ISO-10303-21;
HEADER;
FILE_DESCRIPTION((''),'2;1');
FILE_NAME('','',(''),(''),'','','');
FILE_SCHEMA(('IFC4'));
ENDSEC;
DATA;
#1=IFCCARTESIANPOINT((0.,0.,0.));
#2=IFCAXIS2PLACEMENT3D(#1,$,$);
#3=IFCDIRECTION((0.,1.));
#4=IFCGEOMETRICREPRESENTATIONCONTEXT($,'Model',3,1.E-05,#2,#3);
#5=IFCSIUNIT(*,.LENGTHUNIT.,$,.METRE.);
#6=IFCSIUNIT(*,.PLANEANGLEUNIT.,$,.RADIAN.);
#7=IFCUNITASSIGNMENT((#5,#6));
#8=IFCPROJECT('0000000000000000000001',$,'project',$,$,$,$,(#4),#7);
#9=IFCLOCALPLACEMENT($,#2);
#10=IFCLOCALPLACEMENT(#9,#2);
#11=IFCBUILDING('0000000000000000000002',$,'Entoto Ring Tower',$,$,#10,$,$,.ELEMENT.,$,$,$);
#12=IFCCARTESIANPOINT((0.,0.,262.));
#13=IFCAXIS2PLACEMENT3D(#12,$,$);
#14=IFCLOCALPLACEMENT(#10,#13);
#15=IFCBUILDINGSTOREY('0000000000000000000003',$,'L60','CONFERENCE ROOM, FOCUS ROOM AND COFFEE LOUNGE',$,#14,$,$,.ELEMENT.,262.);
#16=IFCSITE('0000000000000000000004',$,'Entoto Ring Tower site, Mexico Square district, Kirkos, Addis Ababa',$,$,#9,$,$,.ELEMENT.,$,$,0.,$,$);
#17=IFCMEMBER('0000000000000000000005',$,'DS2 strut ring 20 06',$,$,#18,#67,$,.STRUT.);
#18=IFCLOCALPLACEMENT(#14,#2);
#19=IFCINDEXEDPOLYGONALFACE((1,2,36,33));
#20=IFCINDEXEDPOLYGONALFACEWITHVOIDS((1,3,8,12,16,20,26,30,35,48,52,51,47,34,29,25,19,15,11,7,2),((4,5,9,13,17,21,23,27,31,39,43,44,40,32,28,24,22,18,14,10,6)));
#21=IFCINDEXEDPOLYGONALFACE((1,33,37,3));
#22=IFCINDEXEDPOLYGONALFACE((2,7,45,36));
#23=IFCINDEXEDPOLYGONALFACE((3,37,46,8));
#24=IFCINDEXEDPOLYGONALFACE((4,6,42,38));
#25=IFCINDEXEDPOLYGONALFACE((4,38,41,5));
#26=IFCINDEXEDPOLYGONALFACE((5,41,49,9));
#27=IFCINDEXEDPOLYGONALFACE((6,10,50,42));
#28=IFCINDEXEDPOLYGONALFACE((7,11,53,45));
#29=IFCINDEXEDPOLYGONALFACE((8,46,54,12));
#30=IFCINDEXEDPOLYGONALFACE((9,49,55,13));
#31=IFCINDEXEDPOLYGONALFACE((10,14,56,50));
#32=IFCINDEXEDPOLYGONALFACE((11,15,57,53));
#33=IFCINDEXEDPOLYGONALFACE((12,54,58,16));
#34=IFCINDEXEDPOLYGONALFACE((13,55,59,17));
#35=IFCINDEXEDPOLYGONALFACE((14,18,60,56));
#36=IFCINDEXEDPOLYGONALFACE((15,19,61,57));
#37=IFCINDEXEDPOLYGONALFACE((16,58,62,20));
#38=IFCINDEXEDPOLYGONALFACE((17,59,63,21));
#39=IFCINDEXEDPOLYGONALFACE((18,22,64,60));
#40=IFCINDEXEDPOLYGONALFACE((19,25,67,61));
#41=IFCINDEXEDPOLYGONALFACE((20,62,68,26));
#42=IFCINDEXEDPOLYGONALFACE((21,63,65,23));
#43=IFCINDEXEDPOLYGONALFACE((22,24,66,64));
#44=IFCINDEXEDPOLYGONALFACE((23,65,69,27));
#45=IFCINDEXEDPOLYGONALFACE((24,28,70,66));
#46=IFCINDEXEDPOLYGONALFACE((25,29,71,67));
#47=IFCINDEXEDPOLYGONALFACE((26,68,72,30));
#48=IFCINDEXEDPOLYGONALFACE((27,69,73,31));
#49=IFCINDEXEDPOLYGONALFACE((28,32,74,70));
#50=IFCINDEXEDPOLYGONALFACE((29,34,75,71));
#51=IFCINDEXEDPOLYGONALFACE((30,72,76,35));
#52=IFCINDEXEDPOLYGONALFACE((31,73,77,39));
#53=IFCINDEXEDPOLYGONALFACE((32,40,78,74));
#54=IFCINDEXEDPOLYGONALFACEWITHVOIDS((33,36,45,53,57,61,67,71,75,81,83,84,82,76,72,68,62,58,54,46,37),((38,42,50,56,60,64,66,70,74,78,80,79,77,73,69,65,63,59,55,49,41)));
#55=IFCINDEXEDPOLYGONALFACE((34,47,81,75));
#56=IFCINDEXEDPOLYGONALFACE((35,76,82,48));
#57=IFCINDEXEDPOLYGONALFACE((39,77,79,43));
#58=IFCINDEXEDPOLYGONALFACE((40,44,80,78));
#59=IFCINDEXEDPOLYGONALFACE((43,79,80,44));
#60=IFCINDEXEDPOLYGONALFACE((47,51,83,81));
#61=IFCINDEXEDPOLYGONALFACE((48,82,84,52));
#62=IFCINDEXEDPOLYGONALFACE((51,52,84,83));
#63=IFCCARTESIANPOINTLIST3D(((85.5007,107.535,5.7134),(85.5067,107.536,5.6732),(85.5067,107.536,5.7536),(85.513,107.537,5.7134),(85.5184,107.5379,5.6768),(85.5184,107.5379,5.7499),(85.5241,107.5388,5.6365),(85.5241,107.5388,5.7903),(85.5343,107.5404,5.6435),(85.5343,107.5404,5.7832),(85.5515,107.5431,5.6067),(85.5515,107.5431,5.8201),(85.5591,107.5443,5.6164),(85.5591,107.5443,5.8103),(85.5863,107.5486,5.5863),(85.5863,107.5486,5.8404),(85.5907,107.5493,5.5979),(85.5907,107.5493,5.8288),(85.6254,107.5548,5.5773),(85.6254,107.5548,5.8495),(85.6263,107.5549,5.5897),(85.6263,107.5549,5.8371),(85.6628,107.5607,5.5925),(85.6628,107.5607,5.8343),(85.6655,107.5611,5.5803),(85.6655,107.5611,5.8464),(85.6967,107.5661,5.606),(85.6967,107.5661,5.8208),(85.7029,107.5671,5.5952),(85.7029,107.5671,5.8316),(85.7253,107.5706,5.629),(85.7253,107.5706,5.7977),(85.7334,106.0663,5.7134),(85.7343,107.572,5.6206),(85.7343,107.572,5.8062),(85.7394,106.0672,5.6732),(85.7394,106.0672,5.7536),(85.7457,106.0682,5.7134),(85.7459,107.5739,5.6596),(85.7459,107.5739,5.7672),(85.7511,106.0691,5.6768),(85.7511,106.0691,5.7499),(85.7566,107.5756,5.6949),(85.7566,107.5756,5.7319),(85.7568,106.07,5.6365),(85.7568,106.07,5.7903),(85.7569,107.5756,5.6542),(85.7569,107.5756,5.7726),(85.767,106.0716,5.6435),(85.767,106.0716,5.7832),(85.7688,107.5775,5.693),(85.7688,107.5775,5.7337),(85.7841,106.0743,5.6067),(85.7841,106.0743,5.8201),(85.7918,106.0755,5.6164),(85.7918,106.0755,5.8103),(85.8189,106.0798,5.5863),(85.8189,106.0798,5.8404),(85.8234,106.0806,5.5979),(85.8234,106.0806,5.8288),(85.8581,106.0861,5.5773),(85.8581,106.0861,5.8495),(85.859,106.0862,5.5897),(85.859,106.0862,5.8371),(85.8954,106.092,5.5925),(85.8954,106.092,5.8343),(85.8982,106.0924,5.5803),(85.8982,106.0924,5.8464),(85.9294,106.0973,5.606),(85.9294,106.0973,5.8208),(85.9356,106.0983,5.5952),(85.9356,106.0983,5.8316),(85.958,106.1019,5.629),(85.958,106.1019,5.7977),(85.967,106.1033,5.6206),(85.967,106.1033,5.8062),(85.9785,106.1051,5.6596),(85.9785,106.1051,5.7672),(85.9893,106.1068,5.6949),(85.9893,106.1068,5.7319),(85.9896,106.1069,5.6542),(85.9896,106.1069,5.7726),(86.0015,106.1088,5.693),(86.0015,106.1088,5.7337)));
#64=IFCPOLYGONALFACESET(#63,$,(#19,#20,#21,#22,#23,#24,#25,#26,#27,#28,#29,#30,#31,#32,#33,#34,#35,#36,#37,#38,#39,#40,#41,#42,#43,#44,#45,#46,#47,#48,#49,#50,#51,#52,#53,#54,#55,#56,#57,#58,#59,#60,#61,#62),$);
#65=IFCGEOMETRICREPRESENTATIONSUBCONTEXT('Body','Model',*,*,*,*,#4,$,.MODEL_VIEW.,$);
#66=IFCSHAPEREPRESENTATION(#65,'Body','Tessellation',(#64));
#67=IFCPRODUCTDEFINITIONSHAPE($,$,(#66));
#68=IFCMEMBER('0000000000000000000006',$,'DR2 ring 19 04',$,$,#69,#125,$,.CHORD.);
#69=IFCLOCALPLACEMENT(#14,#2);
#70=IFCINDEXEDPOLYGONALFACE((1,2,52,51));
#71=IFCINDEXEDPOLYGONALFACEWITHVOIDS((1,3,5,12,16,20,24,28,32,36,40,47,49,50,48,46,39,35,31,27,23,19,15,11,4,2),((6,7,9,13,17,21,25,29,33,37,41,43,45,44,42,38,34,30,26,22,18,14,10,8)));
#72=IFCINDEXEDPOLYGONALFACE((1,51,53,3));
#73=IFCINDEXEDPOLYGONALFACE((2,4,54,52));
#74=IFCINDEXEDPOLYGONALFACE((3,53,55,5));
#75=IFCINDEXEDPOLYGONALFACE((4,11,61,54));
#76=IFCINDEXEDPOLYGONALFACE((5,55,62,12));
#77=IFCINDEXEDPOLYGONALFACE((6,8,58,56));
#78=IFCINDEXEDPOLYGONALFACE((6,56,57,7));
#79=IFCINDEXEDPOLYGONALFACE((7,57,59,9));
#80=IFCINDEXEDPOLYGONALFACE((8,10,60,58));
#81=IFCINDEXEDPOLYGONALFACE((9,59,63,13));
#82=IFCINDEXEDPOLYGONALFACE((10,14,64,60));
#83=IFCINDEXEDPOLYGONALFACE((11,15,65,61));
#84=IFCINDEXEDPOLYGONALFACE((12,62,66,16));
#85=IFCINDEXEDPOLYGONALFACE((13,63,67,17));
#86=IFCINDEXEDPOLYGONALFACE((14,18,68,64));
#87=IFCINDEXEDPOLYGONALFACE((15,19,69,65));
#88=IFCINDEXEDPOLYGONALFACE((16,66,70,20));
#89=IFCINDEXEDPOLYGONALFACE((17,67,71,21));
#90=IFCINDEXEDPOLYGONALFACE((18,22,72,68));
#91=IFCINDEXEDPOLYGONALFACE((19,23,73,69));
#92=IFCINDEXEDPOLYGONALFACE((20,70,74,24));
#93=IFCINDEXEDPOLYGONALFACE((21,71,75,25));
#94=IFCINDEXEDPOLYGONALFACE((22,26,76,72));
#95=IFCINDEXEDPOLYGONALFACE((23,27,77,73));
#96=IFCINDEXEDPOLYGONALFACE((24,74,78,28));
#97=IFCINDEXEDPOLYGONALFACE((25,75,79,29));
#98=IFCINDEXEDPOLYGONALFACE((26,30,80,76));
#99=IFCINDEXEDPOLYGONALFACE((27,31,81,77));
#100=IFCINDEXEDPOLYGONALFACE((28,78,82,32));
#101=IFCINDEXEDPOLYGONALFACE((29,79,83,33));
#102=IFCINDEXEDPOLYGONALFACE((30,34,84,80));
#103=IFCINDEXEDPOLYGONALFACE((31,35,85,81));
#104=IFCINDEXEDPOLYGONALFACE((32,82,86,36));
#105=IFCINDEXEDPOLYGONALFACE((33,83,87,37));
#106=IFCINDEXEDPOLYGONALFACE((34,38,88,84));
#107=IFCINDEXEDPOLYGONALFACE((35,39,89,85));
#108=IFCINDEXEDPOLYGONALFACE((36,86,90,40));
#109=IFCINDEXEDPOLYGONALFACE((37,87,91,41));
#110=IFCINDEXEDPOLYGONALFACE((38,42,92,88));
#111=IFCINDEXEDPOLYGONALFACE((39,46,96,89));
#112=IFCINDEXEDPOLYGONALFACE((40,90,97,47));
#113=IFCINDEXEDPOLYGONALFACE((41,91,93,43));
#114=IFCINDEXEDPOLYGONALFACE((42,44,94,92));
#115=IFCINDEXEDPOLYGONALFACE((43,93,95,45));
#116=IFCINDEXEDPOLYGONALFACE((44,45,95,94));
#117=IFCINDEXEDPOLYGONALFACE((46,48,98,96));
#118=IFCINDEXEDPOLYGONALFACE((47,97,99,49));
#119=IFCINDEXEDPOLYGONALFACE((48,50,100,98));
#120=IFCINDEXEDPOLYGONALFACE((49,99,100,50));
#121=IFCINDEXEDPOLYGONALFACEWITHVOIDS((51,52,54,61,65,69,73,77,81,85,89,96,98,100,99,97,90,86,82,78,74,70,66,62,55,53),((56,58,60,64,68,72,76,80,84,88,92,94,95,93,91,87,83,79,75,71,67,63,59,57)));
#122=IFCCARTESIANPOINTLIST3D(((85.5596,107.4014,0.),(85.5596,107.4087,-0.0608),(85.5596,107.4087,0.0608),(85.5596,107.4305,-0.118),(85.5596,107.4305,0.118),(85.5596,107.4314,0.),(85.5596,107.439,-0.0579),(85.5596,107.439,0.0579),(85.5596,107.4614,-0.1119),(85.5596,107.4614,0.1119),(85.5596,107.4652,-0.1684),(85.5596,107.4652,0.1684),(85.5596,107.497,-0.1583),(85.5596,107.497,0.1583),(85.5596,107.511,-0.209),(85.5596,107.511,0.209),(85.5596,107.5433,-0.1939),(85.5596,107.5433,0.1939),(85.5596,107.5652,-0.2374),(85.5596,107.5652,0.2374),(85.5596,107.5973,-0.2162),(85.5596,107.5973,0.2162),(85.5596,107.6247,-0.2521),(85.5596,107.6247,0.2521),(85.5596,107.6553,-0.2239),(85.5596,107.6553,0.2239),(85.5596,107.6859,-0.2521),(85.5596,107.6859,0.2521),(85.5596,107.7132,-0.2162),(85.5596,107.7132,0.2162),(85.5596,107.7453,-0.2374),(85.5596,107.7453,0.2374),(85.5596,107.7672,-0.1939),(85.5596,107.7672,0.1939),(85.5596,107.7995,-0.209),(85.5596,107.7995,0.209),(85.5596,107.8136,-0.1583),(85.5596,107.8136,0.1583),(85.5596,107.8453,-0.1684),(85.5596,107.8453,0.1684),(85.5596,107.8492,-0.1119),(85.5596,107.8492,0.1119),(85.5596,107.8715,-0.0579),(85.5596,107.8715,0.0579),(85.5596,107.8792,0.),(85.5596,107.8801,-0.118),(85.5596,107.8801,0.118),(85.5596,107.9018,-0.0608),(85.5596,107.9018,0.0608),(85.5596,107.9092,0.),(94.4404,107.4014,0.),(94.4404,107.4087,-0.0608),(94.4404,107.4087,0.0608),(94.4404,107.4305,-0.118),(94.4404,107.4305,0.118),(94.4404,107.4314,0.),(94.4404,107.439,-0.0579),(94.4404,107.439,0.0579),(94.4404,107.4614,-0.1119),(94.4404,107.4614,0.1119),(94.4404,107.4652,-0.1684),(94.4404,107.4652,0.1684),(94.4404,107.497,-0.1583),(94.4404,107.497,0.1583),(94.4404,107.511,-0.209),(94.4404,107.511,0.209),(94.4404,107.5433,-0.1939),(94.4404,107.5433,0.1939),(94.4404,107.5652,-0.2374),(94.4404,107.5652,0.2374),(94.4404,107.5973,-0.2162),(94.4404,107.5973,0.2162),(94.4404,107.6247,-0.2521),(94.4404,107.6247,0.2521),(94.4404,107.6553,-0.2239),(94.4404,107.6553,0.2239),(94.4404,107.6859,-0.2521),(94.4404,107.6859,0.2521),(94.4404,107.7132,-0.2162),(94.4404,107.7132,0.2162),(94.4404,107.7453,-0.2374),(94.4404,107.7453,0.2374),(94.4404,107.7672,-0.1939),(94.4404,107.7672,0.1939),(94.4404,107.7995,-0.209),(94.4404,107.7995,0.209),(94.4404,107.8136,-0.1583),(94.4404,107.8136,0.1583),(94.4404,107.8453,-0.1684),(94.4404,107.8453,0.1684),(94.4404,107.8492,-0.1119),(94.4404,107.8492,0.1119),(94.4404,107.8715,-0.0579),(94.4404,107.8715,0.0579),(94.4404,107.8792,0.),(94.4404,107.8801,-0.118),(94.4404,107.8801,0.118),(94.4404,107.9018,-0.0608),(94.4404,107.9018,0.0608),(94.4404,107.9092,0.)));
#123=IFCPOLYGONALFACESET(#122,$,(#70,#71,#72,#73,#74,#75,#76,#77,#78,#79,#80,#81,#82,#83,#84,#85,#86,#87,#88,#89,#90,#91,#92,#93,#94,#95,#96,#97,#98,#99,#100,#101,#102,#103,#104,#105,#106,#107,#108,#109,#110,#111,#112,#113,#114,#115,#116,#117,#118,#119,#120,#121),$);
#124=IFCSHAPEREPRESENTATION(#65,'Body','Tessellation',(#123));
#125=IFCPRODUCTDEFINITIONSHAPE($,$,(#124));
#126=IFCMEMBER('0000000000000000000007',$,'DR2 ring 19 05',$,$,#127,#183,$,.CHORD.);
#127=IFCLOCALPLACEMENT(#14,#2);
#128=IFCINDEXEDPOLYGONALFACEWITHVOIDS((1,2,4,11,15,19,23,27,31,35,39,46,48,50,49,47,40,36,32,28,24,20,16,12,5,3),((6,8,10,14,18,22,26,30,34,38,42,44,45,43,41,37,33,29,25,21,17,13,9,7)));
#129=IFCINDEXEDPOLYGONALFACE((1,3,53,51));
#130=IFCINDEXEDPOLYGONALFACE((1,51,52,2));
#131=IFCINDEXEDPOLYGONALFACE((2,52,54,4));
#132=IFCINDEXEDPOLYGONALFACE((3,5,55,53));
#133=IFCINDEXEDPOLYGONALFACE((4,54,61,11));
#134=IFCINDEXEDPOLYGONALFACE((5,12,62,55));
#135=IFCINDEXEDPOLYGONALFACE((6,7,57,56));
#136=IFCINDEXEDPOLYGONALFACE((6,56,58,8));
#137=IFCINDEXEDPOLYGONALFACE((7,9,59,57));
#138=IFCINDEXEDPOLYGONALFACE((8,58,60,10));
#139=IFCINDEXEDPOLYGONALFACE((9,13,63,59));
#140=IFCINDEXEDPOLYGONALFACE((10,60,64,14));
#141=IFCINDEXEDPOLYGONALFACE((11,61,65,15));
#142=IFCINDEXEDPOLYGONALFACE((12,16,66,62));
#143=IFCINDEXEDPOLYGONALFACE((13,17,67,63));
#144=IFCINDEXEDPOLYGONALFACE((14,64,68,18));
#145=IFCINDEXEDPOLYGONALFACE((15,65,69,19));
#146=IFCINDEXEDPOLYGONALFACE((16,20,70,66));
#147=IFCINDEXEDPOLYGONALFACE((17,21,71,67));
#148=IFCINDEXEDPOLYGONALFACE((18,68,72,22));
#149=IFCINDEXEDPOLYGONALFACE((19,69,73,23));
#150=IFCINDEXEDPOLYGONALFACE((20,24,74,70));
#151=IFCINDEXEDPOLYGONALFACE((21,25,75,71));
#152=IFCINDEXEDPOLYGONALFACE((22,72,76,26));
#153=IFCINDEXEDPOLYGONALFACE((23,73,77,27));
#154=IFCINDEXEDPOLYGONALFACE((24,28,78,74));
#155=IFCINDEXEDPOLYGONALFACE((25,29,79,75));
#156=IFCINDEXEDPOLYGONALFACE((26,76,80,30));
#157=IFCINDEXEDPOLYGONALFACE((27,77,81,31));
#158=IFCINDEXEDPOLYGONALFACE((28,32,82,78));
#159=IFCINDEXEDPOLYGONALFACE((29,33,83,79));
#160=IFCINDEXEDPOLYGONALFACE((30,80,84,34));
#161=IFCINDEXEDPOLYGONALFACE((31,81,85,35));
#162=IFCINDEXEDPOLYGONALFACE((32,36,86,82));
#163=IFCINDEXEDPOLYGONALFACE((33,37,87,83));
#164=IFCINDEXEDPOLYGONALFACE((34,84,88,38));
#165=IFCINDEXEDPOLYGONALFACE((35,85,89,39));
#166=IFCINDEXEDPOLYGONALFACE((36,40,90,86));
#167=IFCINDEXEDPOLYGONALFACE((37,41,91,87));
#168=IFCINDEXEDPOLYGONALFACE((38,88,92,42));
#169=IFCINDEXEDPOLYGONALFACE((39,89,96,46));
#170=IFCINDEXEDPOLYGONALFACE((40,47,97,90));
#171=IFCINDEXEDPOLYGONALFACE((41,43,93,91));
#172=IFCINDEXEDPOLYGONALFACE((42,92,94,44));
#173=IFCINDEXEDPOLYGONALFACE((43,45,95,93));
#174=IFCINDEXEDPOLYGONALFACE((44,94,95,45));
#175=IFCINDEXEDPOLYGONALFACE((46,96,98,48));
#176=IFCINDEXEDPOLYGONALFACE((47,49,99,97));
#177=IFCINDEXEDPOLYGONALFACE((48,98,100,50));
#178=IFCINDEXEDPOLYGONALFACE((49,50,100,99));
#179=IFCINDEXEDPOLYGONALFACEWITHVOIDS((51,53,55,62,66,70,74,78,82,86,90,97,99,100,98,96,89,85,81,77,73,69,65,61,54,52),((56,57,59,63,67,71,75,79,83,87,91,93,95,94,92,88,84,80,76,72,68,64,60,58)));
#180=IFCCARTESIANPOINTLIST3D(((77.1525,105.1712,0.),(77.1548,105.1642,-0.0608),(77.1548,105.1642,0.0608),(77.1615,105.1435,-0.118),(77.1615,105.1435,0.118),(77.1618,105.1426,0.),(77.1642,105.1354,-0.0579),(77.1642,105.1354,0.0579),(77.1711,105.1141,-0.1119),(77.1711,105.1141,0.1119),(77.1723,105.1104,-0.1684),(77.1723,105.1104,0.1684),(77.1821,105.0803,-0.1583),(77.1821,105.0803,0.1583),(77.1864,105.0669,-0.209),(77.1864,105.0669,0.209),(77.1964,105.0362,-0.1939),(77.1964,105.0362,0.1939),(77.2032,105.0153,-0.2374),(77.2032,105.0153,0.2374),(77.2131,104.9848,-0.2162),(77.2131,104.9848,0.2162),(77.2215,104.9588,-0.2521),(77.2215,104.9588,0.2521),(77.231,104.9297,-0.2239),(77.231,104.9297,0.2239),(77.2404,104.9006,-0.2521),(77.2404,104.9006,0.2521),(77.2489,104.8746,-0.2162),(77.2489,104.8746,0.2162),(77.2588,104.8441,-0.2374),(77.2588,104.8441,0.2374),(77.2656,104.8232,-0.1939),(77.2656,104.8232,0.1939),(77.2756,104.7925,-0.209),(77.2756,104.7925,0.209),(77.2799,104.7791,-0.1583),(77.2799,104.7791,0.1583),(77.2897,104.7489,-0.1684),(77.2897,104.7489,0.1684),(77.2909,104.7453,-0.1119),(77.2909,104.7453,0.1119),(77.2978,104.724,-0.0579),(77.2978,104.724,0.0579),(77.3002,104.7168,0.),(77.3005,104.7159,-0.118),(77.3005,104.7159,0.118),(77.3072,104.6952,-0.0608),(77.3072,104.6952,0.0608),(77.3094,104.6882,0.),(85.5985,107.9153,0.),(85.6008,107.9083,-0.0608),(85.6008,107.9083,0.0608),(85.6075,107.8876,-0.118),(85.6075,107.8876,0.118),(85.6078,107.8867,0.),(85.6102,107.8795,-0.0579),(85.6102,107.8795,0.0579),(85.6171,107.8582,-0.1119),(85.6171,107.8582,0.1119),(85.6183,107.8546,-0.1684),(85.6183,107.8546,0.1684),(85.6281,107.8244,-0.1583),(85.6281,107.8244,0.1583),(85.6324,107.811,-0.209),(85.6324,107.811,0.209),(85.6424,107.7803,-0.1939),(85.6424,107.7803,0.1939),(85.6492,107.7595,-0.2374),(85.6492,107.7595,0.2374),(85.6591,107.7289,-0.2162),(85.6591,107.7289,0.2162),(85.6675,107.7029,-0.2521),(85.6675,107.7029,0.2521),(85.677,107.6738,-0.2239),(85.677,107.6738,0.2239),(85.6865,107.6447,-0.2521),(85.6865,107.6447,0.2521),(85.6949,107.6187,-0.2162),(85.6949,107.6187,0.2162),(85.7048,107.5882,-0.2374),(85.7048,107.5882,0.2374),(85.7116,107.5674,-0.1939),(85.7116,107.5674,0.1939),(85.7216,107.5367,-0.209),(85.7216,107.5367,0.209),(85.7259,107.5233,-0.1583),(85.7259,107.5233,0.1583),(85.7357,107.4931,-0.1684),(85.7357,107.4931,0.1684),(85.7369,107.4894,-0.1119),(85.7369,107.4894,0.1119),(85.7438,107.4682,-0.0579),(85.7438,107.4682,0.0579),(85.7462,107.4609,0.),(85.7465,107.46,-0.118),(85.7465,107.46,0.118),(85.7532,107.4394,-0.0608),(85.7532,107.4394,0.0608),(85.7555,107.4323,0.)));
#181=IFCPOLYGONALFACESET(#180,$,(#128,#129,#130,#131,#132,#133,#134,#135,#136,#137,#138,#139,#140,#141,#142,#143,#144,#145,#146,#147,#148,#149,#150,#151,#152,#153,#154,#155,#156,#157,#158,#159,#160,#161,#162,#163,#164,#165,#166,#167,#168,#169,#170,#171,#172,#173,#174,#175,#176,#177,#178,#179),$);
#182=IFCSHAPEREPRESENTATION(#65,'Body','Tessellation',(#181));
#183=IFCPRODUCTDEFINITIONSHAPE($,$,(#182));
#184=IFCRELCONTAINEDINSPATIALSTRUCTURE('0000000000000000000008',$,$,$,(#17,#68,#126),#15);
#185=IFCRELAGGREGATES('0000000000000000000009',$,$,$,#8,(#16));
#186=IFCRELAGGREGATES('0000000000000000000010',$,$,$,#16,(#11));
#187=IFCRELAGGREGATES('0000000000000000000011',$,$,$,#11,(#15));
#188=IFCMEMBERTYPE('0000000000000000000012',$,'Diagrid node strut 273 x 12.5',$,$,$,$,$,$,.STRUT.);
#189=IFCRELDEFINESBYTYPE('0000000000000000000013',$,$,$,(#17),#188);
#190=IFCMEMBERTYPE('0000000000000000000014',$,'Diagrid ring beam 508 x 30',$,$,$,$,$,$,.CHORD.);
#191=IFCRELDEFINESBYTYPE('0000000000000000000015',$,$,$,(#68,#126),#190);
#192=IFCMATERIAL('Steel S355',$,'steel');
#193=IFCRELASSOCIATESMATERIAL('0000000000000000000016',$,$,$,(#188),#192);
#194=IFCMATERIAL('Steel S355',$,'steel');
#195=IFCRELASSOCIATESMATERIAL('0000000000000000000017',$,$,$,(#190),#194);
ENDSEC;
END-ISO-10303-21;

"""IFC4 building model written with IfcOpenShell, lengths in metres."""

from ifc_helpers import new_model, si_unit, direction, frame, origin, origin_2d, place, context, subcontext, project, spatial, circle, hollow_circle, extrude, material, material_profile, profile_set, type_object, element, save


model = new_model("IFC4")

# Units and contexts
model_context = context("Model", 3, precision=1e-05, world=origin(), true_north=direction((0.0, 1.0)))
body_context = subcontext(model_context, "Body", "Model", "MODEL_VIEW")
ifc_project = project(units=[si_unit("LENGTHUNIT", "METRE"), si_unit("PLANEANGLEUNIT", "RADIAN")], contexts=[model_context])

# Site, building, storey
site_placement = place(None, origin())
site = spatial("IfcSite", under=ifc_project, at=site_placement, Name="Entoto Ring Tower site, Mexico Square district, Kirkos, Addis Ababa", CompositionType="ELEMENT", RefElevation=0.0)
building_placement = place(site_placement, origin())
building = spatial("IfcBuilding", under=site, at=building_placement, Name="Entoto Ring Tower", CompositionType="ELEMENT")
storey_placement = place(building_placement, frame((0.0, 0.0, 262.0)))
storey = spatial("IfcBuildingStorey", under=building, at=storey_placement, Name="L60", Description="CONFERENCE ROOM, FOCUS ROOM AND COFFEE LOUNGE", CompositionType="ELEMENT", Elevation=262.0)

# Members
ifc_material_1 = material(Name="Steel S355", Category="steel")
ifc_material_profile_1 = material_profile(ifc_material_1, hollow_circle(Radius=0.1365, WallThickness=0.0125, at=origin_2d()), Name="CHS 273 x 12.5")
ifc_material_2 = material(Name="Concrete C60/75", Category="concrete")
ifc_material_profile_2 = material_profile(ifc_material_2, circle(Radius=0.124, at=origin_2d()), Name="Concrete C60/75 infill")
ifc_profile_set_1 = profile_set([ifc_material_profile_1, ifc_material_profile_2], Name="Steel S355")
member_type_1 = type_object("IfcMemberType", Name="Diagrid node strut 273 x 12.5", PredefinedType="STRUT", material=ifc_profile_set_1)
for number, where, z_axis, x_axis, name in (
    (1, (85.8682, 106.0876, 5.7134), (-0.15646, 0.987684, 0.0), (-0.987684, -0.15646, 0.0), "DS2 strut ring 20 06"),
):
    element("IfcMember", number, at=place(storey_placement, frame(where, z_axis=z_axis, x_axis=x_axis)), inside=storey, type_object=member_type_1, Name=name, PredefinedType="STRUT", context=body_context, shape_type="SweptSolid", body=[
        extrude(hollow_circle(Radius=0.1365, WallThickness=0.0125, at=origin_2d()), origin(), (0.0, 0.0, 1.0), 1.4871),
    ])
ifc_material_3 = material(Name="Steel S355", Category="steel")
ifc_material_profile_3 = material_profile(ifc_material_3, hollow_circle(Radius=0.2539, WallThickness=0.03, at=origin_2d()), Name="CHS 508 x 30")
ifc_material_4 = material(Name="Concrete C60/75", Category="concrete")
ifc_material_profile_4 = material_profile(ifc_material_4, circle(Radius=0.2241, at=origin_2d()), Name="Concrete C60/75 infill")
ifc_profile_set_2 = profile_set([ifc_material_profile_3, ifc_material_profile_4], Name="Steel S355")
member_type_2 = type_object("IfcMemberType", Name="Diagrid ring beam 508 x 30", PredefinedType="CHORD", material=ifc_profile_set_2)
member_1_placement = place(storey_placement, frame((94.4404, 107.6553, 0.0), z_axis=(-1.0, 0.0, 0.0), x_axis=(0.0, -1.0, 0.0)))
element("IfcMember", 2, at=member_1_placement, inside=storey, type_object=member_type_2, Name="DR2 ring 19 04", PredefinedType="CHORD", context=body_context, shape_type="SweptSolid", body=[
    extrude(hollow_circle(Radius=0.2539, WallThickness=0.03, at=origin_2d()), origin(), (0.0, 0.0, 1.0), 8.8809),
])
member_2_placement = place(storey_placement, frame((85.677, 107.6738, 0.0), z_axis=(-0.951061, -0.309002, 0.0), x_axis=(0.309002, -0.951061, 0.0)))
element("IfcMember", 3, at=member_2_placement, inside=storey, type_object=member_type_2, Name="DR2 ring 19 05", PredefinedType="CHORD", context=body_context, shape_type="SweptSolid", body=[
    extrude(hollow_circle(Radius=0.2539, WallThickness=0.03, at=origin_2d()), origin(), (0.0, 0.0, 1.0), 8.8806),
])

save(model, "model.ifc")
